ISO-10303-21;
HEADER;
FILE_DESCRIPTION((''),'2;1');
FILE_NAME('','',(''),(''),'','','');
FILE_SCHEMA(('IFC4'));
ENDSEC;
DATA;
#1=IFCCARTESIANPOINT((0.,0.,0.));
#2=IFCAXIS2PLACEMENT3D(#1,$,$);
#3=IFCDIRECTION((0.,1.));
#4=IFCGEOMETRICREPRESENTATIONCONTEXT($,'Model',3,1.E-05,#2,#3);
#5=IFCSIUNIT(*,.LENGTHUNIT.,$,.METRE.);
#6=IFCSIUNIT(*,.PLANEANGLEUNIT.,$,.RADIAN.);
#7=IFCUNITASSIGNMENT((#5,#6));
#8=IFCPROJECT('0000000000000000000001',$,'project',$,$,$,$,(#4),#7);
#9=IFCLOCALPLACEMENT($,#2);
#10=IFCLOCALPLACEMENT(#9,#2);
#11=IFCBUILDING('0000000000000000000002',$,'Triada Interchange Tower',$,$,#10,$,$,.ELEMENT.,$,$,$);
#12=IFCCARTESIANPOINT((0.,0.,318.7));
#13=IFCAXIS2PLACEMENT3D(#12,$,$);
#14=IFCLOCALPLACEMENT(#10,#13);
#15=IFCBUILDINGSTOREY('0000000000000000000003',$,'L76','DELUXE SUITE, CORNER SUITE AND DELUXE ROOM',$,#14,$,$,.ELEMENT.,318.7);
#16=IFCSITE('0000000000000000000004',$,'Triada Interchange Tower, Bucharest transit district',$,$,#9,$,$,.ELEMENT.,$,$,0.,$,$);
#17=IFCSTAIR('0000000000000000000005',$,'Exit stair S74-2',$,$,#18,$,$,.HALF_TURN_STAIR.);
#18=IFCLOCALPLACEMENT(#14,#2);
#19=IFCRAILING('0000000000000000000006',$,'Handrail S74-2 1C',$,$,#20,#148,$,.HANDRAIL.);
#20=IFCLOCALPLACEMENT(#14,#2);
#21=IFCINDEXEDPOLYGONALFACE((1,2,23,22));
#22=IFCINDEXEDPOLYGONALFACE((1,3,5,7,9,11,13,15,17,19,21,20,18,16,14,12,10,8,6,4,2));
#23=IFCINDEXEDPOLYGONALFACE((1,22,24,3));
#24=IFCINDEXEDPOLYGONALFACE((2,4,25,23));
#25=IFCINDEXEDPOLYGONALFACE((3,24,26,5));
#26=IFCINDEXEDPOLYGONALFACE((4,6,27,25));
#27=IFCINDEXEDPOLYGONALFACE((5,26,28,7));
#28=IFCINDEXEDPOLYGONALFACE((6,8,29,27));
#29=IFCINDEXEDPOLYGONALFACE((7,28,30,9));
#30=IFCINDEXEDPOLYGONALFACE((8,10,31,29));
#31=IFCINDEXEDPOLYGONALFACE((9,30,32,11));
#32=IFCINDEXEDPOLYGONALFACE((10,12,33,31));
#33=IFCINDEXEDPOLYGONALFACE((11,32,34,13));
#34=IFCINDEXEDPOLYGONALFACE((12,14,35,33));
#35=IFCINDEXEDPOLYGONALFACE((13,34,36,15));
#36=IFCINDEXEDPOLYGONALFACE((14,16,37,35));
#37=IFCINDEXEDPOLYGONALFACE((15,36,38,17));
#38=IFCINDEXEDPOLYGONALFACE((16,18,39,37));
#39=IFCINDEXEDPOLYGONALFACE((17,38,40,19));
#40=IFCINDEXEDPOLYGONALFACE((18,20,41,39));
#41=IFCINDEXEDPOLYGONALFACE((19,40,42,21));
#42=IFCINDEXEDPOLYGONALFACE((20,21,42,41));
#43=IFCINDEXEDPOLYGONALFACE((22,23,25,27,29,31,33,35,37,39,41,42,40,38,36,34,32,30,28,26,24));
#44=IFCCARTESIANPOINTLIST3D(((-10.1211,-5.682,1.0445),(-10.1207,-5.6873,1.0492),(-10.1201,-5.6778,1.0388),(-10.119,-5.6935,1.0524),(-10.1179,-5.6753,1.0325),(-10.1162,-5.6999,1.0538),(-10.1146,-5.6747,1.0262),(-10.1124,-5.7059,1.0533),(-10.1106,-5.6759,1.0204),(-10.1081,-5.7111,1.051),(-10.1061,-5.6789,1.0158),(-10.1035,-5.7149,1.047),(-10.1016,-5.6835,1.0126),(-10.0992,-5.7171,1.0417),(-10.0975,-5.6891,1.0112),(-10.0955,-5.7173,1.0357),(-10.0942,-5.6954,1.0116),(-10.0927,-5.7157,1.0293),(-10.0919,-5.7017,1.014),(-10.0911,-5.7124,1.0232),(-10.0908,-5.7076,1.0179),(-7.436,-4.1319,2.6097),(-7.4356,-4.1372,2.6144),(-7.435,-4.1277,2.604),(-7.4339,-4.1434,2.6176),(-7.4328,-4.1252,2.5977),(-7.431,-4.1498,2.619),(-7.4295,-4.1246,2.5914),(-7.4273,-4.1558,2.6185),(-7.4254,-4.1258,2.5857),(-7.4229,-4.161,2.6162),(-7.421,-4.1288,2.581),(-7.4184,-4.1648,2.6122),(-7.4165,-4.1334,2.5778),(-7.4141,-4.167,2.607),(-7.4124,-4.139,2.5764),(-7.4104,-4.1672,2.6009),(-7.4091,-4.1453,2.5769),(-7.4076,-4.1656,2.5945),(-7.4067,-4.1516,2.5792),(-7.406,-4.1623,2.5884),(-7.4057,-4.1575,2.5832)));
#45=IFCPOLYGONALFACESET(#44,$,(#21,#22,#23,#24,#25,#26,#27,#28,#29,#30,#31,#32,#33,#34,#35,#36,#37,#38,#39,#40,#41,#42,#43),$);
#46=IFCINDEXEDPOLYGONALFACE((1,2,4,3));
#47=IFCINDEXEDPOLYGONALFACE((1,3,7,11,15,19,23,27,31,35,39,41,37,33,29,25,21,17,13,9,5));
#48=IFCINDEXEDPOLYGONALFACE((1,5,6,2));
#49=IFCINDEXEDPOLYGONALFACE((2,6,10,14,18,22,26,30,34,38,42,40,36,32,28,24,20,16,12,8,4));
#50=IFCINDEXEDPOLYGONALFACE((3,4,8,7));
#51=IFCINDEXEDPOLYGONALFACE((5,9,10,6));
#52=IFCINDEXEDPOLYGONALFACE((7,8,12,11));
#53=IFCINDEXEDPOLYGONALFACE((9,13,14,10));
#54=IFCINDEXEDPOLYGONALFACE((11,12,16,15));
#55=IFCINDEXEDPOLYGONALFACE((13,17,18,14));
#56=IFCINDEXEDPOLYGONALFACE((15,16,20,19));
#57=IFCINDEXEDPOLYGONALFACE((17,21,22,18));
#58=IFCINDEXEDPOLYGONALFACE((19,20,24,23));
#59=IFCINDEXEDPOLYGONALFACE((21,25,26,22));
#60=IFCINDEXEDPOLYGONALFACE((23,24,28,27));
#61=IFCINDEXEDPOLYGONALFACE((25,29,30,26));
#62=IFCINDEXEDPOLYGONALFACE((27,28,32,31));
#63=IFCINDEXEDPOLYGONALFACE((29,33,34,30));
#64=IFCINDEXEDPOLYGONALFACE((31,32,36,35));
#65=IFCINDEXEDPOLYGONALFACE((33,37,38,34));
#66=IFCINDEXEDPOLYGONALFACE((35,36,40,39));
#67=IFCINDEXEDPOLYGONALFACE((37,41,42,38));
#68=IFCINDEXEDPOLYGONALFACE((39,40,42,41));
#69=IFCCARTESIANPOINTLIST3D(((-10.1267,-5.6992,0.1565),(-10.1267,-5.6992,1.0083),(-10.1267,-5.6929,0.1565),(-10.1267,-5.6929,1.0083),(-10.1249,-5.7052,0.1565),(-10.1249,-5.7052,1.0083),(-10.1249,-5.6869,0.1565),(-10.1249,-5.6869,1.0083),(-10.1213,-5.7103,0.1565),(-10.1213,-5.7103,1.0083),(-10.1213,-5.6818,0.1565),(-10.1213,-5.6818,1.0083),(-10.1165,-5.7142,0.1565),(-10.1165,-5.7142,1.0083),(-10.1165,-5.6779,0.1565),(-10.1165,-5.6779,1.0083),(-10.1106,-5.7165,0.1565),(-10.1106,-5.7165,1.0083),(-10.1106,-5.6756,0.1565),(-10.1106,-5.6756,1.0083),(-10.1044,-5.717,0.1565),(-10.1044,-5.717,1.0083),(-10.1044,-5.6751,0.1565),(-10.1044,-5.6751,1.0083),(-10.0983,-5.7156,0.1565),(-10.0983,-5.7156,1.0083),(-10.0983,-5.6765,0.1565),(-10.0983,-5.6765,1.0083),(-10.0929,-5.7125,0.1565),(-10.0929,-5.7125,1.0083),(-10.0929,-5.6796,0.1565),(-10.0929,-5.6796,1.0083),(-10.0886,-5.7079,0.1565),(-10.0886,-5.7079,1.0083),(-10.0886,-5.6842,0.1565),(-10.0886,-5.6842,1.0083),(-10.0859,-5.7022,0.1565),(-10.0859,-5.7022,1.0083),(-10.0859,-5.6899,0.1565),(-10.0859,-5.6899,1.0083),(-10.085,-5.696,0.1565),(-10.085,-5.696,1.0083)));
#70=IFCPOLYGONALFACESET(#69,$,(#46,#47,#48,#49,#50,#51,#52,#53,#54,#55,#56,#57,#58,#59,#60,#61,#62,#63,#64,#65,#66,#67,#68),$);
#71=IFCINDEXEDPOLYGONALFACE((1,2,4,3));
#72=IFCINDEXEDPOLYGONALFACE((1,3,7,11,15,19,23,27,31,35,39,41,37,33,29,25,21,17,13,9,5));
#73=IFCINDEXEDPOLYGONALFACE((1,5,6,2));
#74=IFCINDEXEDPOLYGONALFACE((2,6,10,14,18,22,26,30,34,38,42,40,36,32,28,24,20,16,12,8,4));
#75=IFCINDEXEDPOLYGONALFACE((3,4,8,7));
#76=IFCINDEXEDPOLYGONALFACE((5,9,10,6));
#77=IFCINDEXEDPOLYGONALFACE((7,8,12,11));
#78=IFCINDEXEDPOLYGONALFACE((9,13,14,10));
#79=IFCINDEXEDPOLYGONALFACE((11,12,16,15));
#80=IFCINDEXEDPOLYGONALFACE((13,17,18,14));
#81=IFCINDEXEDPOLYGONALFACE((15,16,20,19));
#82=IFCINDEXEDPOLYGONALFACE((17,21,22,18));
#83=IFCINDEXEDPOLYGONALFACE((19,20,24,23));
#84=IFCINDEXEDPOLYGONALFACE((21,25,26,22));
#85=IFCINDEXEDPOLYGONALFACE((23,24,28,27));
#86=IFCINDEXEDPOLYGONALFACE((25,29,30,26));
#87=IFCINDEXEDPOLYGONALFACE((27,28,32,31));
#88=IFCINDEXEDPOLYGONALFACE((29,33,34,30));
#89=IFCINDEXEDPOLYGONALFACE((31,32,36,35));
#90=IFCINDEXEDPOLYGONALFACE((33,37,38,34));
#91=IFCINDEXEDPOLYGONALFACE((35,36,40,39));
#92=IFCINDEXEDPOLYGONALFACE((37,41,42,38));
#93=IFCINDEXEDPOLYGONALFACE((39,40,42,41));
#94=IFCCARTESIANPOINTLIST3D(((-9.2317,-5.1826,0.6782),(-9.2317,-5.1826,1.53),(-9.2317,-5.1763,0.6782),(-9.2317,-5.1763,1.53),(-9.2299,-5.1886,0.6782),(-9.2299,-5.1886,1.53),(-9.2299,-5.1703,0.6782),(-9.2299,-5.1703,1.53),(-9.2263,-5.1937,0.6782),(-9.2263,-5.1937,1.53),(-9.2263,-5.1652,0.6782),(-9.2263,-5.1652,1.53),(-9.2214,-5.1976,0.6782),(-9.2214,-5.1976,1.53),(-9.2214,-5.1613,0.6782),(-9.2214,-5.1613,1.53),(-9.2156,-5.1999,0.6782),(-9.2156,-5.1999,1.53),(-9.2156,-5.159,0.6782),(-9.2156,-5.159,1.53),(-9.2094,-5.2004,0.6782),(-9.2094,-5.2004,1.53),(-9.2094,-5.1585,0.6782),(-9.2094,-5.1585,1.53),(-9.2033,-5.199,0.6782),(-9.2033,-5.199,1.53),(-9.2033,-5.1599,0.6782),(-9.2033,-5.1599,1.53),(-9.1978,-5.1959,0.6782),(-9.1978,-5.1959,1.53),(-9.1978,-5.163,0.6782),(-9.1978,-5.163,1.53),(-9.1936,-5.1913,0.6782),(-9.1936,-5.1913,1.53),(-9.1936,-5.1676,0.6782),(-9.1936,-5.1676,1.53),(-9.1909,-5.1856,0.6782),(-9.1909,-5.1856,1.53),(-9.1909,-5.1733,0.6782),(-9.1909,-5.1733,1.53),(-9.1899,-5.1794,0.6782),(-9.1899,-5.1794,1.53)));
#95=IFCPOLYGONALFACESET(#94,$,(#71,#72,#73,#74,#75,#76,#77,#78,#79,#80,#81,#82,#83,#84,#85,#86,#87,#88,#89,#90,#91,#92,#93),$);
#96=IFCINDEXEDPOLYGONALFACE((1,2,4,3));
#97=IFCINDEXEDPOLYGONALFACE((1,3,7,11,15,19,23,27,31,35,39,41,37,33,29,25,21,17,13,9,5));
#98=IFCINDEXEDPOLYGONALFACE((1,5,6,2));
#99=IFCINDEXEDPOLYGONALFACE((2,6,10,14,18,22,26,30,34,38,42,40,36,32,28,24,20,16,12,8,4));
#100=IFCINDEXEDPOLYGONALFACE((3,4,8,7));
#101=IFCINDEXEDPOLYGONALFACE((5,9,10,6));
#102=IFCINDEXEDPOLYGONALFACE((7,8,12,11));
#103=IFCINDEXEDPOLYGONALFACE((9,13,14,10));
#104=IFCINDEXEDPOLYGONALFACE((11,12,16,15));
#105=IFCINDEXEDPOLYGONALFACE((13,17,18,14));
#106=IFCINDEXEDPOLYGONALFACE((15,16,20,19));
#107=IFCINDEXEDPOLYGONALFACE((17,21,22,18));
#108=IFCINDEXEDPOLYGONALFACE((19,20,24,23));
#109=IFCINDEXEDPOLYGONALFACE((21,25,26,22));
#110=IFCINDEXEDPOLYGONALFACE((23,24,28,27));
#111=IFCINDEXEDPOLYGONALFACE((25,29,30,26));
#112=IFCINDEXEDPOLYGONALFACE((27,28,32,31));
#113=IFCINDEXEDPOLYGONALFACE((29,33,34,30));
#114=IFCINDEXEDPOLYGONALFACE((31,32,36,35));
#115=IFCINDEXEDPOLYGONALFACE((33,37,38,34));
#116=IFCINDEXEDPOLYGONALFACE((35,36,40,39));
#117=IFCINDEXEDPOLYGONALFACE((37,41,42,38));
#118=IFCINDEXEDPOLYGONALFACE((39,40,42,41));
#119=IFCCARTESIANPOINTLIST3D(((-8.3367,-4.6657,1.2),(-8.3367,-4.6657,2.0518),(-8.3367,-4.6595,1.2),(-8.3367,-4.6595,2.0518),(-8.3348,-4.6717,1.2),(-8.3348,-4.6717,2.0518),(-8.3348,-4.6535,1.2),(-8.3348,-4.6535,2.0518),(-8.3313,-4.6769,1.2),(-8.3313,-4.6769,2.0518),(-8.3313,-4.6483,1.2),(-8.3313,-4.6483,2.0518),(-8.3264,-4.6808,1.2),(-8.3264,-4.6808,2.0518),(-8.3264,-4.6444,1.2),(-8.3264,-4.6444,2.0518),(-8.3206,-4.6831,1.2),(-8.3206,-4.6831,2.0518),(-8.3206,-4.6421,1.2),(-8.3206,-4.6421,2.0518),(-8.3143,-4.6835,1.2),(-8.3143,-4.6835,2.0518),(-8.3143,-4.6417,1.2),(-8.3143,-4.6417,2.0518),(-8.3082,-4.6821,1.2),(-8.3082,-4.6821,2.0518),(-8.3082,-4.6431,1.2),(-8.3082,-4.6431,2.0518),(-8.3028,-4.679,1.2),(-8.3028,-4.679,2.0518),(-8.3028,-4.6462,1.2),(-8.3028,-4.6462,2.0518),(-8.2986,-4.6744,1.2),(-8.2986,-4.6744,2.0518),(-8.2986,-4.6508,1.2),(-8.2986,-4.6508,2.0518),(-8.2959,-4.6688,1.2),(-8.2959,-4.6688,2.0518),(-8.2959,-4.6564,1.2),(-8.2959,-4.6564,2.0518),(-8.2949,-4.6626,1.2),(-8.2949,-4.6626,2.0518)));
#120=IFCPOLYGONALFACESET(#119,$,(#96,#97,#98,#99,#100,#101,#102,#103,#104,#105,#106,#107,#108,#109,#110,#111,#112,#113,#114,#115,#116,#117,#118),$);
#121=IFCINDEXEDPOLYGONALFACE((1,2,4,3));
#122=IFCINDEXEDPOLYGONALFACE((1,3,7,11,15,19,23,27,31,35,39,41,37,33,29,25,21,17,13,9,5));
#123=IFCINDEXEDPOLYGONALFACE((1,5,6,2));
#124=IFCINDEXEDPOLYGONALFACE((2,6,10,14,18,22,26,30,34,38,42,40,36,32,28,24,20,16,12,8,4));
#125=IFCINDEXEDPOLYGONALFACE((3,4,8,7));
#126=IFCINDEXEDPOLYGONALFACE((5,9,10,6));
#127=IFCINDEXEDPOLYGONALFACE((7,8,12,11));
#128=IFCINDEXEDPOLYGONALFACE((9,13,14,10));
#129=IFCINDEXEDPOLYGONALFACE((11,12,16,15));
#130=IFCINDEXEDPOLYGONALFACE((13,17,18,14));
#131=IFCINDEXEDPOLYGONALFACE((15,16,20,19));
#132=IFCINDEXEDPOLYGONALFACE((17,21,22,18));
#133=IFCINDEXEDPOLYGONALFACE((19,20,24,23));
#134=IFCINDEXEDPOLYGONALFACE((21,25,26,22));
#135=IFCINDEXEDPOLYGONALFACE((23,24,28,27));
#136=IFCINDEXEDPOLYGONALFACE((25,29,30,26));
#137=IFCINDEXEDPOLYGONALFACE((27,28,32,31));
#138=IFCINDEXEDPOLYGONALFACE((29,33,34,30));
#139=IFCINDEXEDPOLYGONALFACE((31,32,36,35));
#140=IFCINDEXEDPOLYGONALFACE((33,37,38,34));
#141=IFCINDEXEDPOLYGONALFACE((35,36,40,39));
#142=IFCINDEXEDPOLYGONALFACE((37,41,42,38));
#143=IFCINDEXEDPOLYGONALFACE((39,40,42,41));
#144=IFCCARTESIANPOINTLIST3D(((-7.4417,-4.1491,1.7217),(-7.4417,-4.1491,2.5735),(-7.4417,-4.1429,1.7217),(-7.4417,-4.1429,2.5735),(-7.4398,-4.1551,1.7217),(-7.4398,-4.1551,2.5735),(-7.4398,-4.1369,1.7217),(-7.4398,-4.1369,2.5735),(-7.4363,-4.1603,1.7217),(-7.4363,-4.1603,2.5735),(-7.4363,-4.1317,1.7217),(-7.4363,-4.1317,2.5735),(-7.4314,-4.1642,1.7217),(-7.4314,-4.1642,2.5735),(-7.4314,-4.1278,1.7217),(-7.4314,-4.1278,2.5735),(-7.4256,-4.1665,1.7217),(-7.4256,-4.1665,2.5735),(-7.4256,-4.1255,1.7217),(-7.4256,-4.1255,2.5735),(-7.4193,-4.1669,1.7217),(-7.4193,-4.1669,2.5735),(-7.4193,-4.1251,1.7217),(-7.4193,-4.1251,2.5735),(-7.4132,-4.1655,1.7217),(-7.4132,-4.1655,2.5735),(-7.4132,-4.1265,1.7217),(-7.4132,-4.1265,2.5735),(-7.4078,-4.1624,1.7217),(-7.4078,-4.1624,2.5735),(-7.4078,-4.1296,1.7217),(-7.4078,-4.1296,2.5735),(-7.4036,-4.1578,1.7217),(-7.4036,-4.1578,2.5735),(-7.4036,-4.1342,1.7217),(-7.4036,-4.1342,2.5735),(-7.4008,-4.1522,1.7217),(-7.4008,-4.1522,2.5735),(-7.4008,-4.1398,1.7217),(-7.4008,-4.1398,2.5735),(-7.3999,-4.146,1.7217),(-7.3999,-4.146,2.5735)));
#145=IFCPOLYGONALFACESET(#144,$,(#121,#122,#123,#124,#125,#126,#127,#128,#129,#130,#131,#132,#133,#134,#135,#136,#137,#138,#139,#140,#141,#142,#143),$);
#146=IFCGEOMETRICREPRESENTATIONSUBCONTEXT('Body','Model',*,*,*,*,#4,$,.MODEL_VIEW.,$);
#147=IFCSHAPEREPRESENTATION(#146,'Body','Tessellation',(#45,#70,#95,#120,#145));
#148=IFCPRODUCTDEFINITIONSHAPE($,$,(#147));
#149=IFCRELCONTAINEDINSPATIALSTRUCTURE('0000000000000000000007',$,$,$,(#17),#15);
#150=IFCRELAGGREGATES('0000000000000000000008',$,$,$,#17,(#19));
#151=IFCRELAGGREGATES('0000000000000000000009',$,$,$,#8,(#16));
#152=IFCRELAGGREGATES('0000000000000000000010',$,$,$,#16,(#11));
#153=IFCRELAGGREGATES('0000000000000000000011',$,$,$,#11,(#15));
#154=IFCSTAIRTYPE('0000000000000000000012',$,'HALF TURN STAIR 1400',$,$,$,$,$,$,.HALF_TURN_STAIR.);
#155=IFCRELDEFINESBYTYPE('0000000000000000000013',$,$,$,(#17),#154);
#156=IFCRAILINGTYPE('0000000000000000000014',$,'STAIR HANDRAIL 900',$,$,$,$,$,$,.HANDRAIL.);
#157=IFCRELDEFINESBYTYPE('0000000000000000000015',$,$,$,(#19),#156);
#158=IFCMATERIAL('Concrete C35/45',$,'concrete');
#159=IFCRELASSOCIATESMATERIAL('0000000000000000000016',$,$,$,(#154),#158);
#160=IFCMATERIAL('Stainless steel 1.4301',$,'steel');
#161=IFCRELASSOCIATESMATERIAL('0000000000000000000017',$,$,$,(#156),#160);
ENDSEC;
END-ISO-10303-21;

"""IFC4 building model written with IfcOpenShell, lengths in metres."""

from ifc_helpers import new_model, si_unit, direction, frame, origin, origin_2d, place, context, subcontext, project, spatial, circle, extrude, material, type_object, element, aggregate, save


model = new_model("IFC4")

# Units and contexts
model_context = context("Model", 3, precision=1e-05, world=origin(), true_north=direction((0.0, 1.0)))
body_context = subcontext(model_context, "Body", "Model", "MODEL_VIEW")
ifc_project = project(units=[si_unit("LENGTHUNIT", "METRE"), si_unit("PLANEANGLEUNIT", "RADIAN")], contexts=[model_context])

# Site, building, storey
site_placement = place(None, origin())
site = spatial("IfcSite", under=ifc_project, at=site_placement, Name="Triada Interchange Tower, Bucharest transit district", CompositionType="ELEMENT", RefElevation=0.0)
building_placement = place(site_placement, origin())
building = spatial("IfcBuilding", under=site, at=building_placement, Name="Triada Interchange Tower", CompositionType="ELEMENT")
storey_placement = place(building_placement, frame((0.0, 0.0, 318.7)))
storey = spatial("IfcBuildingStorey", under=building, at=storey_placement, Name="L76", Description="DELUXE SUITE, CORNER SUITE AND DELUXE ROOM", CompositionType="ELEMENT", Elevation=318.7)

# Stair, railing
ifc_material_1 = material(Name="Concrete C35/45", Category="concrete")
stair_type = type_object("IfcStairType", Name="HALF TURN STAIR 1400", PredefinedType="HALF_TURN_STAIR", material=ifc_material_1)
stair_placement = place(storey_placement, origin())
stair = element("IfcStair", 1, at=stair_placement, inside=storey, type_object=stair_type, Name="Exit stair S74-2", PredefinedType="HALF_TURN_STAIR")
ifc_material_2 = material(Name="Stainless steel 1.4301", Category="steel")
railing_type = type_object("IfcRailingType", Name="STAIR HANDRAIL 900", PredefinedType="HANDRAIL", material=ifc_material_2)
railing_1_placement = place(storey_placement, frame((-10.106, -5.696, 0.1565)))
railing_1 = element("IfcRailing", 2, at=railing_1_placement, type_object=railing_type, Name="Handrail S74-2 1C", PredefinedType="HANDRAIL", context=body_context, shape_type="SweptSolid", body=[
    extrude(circle(Radius=0.0239, at=origin_2d()), frame((0.0, 0.0, 0.876), z_axis=(0.773115, 0.446309, 0.450667), x_axis=(-0.499959, 0.866049, 0.0)), (0.0, 0.0, 1.0), 3.4731),
    extrude(circle(Radius=0.021, at=origin_2d()), origin(), (0.0, 0.0, 1.0), 0.8518),
    extrude(circle(Radius=0.021, at=origin_2d()), frame((0.895, 0.5166, 0.5217)), (0.0, 0.0, 1.0), 0.8518),
    extrude(circle(Radius=0.021, at=origin_2d()), frame((1.79, 1.0334, 1.0435)), (0.0, 0.0, 1.0), 0.8518),
    extrude(circle(Radius=0.021, at=origin_2d()), frame((2.6851, 1.55, 1.5652)), (0.0, 0.0, 1.0), 0.8518),
])
aggregate(stair, [railing_1])

save(model, "model.ifc")
